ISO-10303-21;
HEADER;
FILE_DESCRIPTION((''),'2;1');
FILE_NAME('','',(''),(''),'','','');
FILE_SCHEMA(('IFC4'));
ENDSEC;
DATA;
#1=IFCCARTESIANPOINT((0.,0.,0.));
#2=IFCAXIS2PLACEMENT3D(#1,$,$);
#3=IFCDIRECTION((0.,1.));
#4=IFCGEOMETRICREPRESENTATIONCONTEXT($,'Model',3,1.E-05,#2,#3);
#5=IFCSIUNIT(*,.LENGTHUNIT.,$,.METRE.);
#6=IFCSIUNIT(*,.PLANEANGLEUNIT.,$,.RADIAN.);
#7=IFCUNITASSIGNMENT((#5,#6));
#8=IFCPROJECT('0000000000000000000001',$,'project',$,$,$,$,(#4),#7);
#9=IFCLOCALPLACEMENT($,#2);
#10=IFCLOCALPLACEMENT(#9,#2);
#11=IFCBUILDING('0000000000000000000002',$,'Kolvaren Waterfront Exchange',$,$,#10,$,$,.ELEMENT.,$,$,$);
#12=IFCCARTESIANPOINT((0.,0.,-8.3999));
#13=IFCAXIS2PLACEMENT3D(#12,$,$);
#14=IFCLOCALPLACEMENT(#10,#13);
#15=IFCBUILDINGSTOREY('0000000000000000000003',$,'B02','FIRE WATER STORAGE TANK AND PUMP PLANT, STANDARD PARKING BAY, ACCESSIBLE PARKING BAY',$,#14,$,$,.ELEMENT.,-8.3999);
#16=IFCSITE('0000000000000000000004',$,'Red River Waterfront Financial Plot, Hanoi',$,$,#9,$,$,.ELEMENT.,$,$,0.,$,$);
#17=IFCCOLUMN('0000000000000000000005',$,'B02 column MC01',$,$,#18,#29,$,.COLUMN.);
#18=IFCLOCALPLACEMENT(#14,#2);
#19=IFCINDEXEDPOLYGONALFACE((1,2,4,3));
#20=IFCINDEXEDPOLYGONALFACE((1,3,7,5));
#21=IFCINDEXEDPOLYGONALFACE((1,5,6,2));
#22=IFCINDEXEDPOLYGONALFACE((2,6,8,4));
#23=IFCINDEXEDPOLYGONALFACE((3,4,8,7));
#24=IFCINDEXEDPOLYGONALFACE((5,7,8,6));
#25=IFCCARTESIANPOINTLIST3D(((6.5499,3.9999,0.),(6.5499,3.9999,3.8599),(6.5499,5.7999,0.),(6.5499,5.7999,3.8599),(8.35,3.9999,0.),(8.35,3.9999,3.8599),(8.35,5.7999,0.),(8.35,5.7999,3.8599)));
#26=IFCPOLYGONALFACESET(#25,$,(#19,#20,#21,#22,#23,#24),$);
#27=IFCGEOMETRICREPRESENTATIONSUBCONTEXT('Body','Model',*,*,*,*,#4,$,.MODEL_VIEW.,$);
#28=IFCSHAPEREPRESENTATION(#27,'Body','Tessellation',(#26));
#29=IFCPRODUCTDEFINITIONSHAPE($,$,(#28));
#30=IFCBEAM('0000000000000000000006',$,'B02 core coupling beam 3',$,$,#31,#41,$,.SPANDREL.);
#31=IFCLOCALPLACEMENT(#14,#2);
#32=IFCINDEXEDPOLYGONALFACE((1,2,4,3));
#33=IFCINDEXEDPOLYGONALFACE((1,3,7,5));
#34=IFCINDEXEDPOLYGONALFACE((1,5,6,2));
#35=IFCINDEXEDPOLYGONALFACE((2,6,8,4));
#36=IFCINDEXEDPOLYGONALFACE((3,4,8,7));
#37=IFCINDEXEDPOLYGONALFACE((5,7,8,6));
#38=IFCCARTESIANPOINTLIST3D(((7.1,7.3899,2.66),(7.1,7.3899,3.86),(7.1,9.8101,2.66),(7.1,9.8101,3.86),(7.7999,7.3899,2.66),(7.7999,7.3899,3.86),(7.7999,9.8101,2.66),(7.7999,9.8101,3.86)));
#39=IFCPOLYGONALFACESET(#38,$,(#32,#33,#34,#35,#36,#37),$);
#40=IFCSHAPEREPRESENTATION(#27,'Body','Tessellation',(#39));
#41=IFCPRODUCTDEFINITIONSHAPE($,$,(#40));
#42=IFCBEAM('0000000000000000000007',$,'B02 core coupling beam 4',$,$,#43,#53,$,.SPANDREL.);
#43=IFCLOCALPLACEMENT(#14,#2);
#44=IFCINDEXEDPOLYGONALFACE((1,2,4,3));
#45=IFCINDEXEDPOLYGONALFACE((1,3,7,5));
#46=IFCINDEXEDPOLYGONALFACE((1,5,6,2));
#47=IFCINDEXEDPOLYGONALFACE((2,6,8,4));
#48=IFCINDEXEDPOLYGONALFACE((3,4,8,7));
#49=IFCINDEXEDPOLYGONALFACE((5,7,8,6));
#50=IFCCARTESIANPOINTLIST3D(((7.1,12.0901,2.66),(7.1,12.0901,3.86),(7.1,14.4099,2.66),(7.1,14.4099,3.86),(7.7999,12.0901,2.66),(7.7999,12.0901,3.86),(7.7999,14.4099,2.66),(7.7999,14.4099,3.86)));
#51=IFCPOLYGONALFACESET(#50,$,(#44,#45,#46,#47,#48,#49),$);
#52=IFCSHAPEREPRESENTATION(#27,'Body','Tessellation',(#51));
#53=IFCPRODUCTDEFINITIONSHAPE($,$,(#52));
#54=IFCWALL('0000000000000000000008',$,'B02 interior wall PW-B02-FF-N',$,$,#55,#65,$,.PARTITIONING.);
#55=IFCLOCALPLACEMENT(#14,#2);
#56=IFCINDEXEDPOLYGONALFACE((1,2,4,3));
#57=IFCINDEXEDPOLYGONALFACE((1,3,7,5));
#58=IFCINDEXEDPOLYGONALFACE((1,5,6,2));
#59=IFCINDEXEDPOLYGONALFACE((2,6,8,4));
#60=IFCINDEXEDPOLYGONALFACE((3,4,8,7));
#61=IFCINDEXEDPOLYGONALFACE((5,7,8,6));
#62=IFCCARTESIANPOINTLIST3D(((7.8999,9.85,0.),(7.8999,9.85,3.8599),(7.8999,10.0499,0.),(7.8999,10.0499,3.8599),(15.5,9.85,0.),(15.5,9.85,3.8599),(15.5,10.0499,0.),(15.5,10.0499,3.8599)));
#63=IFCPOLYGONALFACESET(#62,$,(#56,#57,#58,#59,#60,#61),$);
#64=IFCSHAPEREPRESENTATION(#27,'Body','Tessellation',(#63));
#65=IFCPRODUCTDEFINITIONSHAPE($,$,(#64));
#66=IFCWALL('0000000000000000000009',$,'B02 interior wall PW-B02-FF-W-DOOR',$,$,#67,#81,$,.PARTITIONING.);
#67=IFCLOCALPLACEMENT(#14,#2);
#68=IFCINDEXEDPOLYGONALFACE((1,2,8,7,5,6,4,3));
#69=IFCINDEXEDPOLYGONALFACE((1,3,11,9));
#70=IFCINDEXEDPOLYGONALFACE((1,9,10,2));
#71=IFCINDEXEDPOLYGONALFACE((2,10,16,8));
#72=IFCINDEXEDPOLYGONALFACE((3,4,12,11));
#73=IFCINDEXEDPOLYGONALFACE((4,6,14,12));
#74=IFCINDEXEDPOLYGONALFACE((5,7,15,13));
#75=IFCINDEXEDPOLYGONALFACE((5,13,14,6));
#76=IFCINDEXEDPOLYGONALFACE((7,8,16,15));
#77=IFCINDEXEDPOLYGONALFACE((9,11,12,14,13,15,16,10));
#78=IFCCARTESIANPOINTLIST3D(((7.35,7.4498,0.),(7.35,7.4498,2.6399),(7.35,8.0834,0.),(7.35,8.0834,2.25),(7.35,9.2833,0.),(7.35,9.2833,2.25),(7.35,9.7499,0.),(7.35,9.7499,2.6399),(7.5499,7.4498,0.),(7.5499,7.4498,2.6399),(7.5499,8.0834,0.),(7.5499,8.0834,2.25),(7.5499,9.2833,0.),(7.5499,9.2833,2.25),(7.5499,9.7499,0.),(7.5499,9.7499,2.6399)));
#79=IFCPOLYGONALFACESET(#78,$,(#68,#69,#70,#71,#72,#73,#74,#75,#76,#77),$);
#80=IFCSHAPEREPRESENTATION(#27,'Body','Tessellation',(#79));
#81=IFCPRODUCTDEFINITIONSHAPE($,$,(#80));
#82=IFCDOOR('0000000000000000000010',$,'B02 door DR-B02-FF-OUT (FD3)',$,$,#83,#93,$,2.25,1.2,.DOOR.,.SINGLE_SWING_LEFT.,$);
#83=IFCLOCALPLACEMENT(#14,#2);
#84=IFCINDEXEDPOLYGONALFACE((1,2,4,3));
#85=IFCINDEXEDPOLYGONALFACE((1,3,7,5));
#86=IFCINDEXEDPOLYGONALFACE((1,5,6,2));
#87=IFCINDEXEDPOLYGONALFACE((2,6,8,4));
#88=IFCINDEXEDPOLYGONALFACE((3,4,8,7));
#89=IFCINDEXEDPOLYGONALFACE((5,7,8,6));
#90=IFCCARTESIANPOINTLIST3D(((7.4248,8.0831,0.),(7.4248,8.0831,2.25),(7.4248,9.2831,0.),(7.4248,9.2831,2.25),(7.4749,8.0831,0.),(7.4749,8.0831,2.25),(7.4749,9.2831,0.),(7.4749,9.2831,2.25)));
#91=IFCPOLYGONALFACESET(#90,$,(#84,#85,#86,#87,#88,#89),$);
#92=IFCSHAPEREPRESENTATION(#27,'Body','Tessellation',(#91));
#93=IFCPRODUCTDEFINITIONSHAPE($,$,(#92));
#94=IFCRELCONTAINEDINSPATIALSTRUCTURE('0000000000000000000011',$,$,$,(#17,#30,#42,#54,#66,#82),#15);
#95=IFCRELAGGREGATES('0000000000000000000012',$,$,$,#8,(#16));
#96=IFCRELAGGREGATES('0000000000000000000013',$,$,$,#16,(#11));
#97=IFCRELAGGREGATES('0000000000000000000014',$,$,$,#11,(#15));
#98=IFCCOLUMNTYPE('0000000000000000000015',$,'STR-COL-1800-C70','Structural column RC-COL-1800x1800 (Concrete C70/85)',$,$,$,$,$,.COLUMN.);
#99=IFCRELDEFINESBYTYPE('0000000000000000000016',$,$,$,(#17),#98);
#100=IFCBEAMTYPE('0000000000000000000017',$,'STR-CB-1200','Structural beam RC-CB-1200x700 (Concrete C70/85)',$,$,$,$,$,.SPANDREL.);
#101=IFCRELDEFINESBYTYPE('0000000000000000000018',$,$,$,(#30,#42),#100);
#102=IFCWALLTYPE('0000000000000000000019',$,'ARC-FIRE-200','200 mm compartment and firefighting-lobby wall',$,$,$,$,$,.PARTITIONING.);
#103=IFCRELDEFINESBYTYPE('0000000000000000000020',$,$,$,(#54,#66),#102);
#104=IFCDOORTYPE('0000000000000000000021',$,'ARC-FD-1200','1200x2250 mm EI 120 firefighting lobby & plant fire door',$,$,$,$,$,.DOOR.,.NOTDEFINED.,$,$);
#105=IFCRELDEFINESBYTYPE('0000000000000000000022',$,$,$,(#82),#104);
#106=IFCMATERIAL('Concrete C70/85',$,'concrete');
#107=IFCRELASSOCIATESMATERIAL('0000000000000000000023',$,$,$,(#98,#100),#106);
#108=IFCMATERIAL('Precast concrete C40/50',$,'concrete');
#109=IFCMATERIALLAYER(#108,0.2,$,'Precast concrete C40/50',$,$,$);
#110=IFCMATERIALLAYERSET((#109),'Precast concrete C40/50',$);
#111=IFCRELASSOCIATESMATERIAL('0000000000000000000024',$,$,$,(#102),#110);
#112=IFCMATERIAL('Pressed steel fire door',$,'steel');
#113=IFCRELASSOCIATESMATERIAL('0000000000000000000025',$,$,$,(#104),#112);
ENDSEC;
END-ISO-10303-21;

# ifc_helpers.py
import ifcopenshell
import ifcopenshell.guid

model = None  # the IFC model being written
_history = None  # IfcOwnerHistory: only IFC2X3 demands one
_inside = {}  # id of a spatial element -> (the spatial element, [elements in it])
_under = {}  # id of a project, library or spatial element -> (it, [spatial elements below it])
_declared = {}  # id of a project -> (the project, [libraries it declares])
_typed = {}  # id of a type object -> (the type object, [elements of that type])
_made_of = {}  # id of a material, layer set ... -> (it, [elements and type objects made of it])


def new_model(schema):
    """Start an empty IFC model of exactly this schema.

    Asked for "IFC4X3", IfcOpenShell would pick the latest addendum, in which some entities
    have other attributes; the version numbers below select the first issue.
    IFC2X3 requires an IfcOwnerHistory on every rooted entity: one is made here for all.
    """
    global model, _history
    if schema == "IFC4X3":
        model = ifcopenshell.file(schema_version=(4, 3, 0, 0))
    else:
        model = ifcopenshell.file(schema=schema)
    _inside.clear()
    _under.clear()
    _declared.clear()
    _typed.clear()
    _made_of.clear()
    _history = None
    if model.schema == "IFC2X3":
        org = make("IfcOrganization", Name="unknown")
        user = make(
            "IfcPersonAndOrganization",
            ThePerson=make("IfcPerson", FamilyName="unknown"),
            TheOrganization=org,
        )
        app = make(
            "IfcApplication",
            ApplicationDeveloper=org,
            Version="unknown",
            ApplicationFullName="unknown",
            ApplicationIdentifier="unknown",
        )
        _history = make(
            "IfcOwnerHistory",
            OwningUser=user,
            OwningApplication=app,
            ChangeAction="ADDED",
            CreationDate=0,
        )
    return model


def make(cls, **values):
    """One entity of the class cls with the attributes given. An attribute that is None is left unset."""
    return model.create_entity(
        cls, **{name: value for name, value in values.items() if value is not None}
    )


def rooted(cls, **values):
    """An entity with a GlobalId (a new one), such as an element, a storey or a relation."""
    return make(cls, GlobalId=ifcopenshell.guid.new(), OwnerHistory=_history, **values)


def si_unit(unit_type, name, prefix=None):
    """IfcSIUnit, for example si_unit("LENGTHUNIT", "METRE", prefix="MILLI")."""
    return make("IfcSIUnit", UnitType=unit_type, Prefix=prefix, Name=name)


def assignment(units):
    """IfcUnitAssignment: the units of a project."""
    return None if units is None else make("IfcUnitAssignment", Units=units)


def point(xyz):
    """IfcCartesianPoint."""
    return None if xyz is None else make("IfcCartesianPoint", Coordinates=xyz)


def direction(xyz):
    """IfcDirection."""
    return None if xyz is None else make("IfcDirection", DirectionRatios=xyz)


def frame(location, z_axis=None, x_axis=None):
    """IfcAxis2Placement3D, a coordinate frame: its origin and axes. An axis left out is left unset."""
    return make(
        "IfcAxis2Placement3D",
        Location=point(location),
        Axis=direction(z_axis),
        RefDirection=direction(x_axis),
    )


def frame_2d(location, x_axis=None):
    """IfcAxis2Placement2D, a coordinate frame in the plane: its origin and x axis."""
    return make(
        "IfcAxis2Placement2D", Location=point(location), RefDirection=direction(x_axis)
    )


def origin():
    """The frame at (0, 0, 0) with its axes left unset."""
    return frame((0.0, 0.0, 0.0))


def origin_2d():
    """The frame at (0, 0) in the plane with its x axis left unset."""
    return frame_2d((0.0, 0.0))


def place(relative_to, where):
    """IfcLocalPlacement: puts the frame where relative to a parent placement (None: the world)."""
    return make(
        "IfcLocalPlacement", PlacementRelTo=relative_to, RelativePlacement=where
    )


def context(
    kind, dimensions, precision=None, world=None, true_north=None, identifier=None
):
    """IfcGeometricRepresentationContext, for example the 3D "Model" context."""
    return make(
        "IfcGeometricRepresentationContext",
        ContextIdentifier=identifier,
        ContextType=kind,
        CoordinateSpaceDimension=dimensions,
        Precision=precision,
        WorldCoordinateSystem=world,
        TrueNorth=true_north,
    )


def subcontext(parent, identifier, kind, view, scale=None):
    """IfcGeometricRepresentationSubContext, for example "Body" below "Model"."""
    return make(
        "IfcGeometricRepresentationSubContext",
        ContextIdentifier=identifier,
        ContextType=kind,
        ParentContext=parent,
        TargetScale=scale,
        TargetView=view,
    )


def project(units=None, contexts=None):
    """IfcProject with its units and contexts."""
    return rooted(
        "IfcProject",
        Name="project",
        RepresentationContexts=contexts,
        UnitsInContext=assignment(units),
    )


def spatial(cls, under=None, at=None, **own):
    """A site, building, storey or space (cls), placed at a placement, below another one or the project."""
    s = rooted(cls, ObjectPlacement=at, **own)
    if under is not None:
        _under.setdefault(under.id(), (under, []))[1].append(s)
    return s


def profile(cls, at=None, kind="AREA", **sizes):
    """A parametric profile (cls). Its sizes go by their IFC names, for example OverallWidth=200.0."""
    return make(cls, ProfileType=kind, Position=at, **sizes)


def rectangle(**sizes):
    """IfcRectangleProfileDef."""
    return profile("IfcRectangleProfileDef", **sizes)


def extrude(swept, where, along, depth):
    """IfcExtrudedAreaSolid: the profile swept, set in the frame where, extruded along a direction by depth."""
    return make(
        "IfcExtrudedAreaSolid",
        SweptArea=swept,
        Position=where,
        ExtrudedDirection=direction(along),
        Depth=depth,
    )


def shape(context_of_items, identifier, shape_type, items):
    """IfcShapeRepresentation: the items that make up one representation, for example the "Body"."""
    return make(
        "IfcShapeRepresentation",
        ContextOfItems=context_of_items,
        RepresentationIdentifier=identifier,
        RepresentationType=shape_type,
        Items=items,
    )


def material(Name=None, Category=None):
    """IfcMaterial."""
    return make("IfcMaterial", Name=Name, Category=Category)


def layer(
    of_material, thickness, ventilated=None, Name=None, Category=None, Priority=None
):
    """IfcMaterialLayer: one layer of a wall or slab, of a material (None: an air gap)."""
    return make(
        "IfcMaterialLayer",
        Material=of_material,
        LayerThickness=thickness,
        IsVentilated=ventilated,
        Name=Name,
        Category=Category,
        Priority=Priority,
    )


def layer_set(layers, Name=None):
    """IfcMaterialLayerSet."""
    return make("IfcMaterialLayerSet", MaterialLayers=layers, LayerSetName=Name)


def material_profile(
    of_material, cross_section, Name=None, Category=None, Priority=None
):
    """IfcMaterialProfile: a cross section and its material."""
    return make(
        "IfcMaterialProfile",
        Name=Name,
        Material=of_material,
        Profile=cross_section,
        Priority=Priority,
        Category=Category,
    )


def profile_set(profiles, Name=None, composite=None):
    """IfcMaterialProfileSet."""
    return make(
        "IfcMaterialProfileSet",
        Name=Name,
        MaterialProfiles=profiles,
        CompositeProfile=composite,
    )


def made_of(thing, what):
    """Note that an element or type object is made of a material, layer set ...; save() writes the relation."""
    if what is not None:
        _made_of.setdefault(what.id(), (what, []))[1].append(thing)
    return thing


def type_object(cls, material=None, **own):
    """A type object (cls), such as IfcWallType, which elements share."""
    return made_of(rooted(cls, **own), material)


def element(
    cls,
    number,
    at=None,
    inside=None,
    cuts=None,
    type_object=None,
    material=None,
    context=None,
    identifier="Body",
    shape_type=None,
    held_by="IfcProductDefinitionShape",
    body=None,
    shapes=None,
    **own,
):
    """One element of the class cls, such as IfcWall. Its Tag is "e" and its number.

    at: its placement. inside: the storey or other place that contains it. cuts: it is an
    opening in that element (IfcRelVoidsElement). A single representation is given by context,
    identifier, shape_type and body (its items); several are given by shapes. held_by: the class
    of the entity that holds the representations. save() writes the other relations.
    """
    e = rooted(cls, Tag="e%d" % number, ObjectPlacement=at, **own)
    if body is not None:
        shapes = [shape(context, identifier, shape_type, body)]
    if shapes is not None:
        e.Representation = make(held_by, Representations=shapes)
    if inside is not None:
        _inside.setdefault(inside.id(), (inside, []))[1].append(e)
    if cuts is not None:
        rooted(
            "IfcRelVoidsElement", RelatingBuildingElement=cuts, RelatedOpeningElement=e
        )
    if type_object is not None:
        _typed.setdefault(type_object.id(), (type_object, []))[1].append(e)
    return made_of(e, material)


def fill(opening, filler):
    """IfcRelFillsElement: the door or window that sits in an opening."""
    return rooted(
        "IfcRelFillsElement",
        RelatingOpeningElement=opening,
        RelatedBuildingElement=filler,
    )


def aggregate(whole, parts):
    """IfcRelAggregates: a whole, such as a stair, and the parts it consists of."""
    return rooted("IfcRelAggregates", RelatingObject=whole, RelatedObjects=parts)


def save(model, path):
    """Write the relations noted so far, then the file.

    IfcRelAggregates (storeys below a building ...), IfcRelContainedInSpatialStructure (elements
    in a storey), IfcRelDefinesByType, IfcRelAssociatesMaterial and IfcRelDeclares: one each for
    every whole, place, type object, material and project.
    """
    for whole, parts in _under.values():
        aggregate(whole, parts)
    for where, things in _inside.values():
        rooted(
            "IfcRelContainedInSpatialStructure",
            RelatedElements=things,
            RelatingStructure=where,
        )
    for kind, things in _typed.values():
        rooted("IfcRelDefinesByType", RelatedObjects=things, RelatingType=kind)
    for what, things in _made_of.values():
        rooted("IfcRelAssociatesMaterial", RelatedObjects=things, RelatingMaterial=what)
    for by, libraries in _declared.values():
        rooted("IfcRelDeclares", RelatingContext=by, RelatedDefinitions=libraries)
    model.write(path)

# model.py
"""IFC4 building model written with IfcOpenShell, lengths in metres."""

from ifc_helpers import new_model, si_unit, direction, frame, frame_2d, origin, origin_2d, place, context, subcontext, project, spatial, rectangle, extrude, material, layer, layer_set, material_profile, profile_set, type_object, element, fill, save


model = new_model("IFC4")

# Units and contexts
model_context = context("Model", 3, precision=1e-05, world=origin(), true_north=direction((0.0, 1.0)))
body_context = subcontext(model_context, "Body", "Model", "MODEL_VIEW")
ifc_project = project(units=[si_unit("LENGTHUNIT", "METRE"), si_unit("PLANEANGLEUNIT", "RADIAN")], contexts=[model_context])

# Site, building, storey
site_placement = place(None, origin())
site = spatial("IfcSite", under=ifc_project, at=site_placement, Name="Red River Waterfront Financial Plot, Hanoi", CompositionType="ELEMENT", RefElevation=0.0)
building_placement = place(site_placement, origin())
building = spatial("IfcBuilding", under=site, at=building_placement, Name="Kolvaren Waterfront Exchange", CompositionType="ELEMENT")
storey_placement = place(building_placement, frame((0.0, 0.0, -8.3999)))
storey = spatial("IfcBuildingStorey", under=building, at=storey_placement, Name="B02", Description="FIRE WATER STORAGE TANK AND PUMP PLANT, STANDARD PARKING BAY, ACCESSIBLE PARKING BAY", CompositionType="ELEMENT", Elevation=-8.3999)

# Column
ifc_material_1 = material(Name="Concrete C70/85", Category="concrete")
ifc_material_profile_1 = material_profile(ifc_material_1, rectangle(XDim=1.8, YDim=1.8, at=origin_2d()), Name="RC-COL-1800x1800")
ifc_profile_set_1 = profile_set([ifc_material_profile_1], Name="Concrete C70/85")
column_type_1 = type_object("IfcColumnType", Name="STR-COL-1800-C70", Description="Structural column RC-COL-1800x1800 (Concrete C70/85)", PredefinedType="COLUMN", material=ifc_profile_set_1)
column_1_placement = place(storey_placement, frame((7.45, 4.8999, 0.0), z_axis=(0.0, 0.0, 1.0), x_axis=(1.0, 0.0, 0.0)))
element("IfcColumn", 1, at=column_1_placement, inside=storey, type_object=column_type_1, Name="B02 column MC01", PredefinedType="COLUMN", context=body_context, shape_type="SweptSolid", body=[
    extrude(rectangle(XDim=1.8, YDim=1.8, at=origin_2d()), origin(), (0.0, 0.0, 1.0), 3.8599),
])

# Beams
ifc_material_profile_2 = material_profile(ifc_material_1, rectangle(XDim=0.7, YDim=1.2, at=origin_2d()), Name="RC-CB-1200x700")
ifc_profile_set_2 = profile_set([ifc_material_profile_2], Name="Concrete C70/85")
beam_type = type_object("IfcBeamType", Name="STR-CB-1200", Description="Structural beam RC-CB-1200x700 (Concrete C70/85)", PredefinedType="SPANDREL", material=ifc_profile_set_2)
beam_1_placement = place(storey_placement, frame((7.45, 7.3899, 3.26), z_axis=(0.0, 1.0, 0.0), x_axis=(-1.0, 0.0, 0.0)))
element("IfcBeam", 2, at=beam_1_placement, inside=storey, type_object=beam_type, Name="B02 core coupling beam 3", PredefinedType="SPANDREL", context=body_context, shape_type="SweptSolid", body=[
    extrude(rectangle(XDim=0.7, YDim=1.2, at=origin_2d()), origin(), (0.0, 0.0, 1.0), 2.4202),
])
beam_2_placement = place(storey_placement, frame((7.45, 12.0901, 3.26), z_axis=(0.0, 1.0, 0.0), x_axis=(-1.0, 0.0, 0.0)))
element("IfcBeam", 3, at=beam_2_placement, inside=storey, type_object=beam_type, Name="B02 core coupling beam 4", PredefinedType="SPANDREL", context=body_context, shape_type="SweptSolid", body=[
    extrude(rectangle(XDim=0.7, YDim=1.2, at=origin_2d()), origin(), (0.0, 0.0, 1.0), 2.3198),
])

# Wall
ifc_material_2 = material(Name="Precast concrete C40/50", Category="concrete")
ifc_layer_1 = layer(ifc_material_2, 0.2, Name="Precast concrete C40/50")
ifc_layer_set_1 = layer_set([ifc_layer_1], Name="Precast concrete C40/50")
wall_type_1 = type_object("IfcWallType", Name="ARC-FIRE-200", Description="200 mm compartment and firefighting-lobby wall", PredefinedType="PARTITIONING", material=ifc_layer_set_1)
wall_1_placement = place(storey_placement, frame((7.8999, 9.95, 0.0), z_axis=(0.0, 0.0, 1.0), x_axis=(1.0, 0.0, 0.0)))
element("IfcWall", 4, at=wall_1_placement, inside=storey, type_object=wall_type_1, Name="B02 interior wall PW-B02-FF-N", PredefinedType="PARTITIONING", context=body_context, shape_type="SweptSolid", body=[
    extrude(rectangle(XDim=7.6001, YDim=0.2, at=frame_2d((3.8, 0.0))), origin(), (0.0, 0.0, 1.0), 3.8599),
])

# Wall, opening, door
wall_2_placement = place(storey_placement, frame((7.45, 7.45, 0.0), z_axis=(0.0, 0.0, 1.0), x_axis=(0.0, 1.0, 0.0)))
wall_2 = element("IfcWall", 5, at=wall_2_placement, inside=storey, type_object=wall_type_1, Name="B02 interior wall PW-B02-FF-W-DOOR", PredefinedType="PARTITIONING", context=body_context, shape_type="SweptSolid", body=[
    extrude(rectangle(XDim=2.3, YDim=0.2, at=frame_2d((1.1499, 0.0))), origin(), (0.0, 0.0, 1.0), 2.6399),
])
opening_1_placement = place(wall_2_placement, frame((0.6333, 0.0, 0.0)))
opening_1 = element("IfcOpeningElement", 6, at=opening_1_placement, cuts=wall_2, PredefinedType="OPENING", context=body_context, shape_type="SweptSolid", body=[
    extrude(rectangle(XDim=1.2, YDim=2.25, at=frame_2d((0.6001, 1.125))), frame((0.0, 0.1099, 0.0), z_axis=(0.0, -1.0, 0.0), x_axis=(1.0, 0.0, 0.0)), (0.0, 0.0, 1.0), 0.22),
])
ifc_material_3 = material(Name="Pressed steel fire door", Category="steel")
door_type_1 = type_object("IfcDoorType", Name="ARC-FD-1200", Description="1200x2250 mm EI 120 firefighting lobby & plant fire door", OperationType="NOTDEFINED", PredefinedType="DOOR", material=ifc_material_3)
door_1_placement = place(opening_1_placement, frame((1.2, 0.0, 0.0), z_axis=(0.0, 0.0, 1.0), x_axis=(-1.0, 0.0, 0.0)))
door_1 = element("IfcDoor", 7, at=door_1_placement, inside=storey, type_object=door_type_1, Name="B02 door DR-B02-FF-OUT (FD3)", OperationType="SINGLE_SWING_LEFT", OverallHeight=2.25, OverallWidth=1.2, PredefinedType="DOOR", context=body_context, shape_type="SweptSolid", body=[
    extrude(rectangle(XDim=1.2, YDim=2.25, at=frame_2d((0.6001, 1.125))), frame((0.0, 0.0249, 0.0), z_axis=(0.0, -1.0, 0.0), x_axis=(1.0, 0.0, 0.0)), (0.0, 0.0, 1.0), 0.05),
])
fill(opening_1, door_1)

save(model, "model.ifc")
